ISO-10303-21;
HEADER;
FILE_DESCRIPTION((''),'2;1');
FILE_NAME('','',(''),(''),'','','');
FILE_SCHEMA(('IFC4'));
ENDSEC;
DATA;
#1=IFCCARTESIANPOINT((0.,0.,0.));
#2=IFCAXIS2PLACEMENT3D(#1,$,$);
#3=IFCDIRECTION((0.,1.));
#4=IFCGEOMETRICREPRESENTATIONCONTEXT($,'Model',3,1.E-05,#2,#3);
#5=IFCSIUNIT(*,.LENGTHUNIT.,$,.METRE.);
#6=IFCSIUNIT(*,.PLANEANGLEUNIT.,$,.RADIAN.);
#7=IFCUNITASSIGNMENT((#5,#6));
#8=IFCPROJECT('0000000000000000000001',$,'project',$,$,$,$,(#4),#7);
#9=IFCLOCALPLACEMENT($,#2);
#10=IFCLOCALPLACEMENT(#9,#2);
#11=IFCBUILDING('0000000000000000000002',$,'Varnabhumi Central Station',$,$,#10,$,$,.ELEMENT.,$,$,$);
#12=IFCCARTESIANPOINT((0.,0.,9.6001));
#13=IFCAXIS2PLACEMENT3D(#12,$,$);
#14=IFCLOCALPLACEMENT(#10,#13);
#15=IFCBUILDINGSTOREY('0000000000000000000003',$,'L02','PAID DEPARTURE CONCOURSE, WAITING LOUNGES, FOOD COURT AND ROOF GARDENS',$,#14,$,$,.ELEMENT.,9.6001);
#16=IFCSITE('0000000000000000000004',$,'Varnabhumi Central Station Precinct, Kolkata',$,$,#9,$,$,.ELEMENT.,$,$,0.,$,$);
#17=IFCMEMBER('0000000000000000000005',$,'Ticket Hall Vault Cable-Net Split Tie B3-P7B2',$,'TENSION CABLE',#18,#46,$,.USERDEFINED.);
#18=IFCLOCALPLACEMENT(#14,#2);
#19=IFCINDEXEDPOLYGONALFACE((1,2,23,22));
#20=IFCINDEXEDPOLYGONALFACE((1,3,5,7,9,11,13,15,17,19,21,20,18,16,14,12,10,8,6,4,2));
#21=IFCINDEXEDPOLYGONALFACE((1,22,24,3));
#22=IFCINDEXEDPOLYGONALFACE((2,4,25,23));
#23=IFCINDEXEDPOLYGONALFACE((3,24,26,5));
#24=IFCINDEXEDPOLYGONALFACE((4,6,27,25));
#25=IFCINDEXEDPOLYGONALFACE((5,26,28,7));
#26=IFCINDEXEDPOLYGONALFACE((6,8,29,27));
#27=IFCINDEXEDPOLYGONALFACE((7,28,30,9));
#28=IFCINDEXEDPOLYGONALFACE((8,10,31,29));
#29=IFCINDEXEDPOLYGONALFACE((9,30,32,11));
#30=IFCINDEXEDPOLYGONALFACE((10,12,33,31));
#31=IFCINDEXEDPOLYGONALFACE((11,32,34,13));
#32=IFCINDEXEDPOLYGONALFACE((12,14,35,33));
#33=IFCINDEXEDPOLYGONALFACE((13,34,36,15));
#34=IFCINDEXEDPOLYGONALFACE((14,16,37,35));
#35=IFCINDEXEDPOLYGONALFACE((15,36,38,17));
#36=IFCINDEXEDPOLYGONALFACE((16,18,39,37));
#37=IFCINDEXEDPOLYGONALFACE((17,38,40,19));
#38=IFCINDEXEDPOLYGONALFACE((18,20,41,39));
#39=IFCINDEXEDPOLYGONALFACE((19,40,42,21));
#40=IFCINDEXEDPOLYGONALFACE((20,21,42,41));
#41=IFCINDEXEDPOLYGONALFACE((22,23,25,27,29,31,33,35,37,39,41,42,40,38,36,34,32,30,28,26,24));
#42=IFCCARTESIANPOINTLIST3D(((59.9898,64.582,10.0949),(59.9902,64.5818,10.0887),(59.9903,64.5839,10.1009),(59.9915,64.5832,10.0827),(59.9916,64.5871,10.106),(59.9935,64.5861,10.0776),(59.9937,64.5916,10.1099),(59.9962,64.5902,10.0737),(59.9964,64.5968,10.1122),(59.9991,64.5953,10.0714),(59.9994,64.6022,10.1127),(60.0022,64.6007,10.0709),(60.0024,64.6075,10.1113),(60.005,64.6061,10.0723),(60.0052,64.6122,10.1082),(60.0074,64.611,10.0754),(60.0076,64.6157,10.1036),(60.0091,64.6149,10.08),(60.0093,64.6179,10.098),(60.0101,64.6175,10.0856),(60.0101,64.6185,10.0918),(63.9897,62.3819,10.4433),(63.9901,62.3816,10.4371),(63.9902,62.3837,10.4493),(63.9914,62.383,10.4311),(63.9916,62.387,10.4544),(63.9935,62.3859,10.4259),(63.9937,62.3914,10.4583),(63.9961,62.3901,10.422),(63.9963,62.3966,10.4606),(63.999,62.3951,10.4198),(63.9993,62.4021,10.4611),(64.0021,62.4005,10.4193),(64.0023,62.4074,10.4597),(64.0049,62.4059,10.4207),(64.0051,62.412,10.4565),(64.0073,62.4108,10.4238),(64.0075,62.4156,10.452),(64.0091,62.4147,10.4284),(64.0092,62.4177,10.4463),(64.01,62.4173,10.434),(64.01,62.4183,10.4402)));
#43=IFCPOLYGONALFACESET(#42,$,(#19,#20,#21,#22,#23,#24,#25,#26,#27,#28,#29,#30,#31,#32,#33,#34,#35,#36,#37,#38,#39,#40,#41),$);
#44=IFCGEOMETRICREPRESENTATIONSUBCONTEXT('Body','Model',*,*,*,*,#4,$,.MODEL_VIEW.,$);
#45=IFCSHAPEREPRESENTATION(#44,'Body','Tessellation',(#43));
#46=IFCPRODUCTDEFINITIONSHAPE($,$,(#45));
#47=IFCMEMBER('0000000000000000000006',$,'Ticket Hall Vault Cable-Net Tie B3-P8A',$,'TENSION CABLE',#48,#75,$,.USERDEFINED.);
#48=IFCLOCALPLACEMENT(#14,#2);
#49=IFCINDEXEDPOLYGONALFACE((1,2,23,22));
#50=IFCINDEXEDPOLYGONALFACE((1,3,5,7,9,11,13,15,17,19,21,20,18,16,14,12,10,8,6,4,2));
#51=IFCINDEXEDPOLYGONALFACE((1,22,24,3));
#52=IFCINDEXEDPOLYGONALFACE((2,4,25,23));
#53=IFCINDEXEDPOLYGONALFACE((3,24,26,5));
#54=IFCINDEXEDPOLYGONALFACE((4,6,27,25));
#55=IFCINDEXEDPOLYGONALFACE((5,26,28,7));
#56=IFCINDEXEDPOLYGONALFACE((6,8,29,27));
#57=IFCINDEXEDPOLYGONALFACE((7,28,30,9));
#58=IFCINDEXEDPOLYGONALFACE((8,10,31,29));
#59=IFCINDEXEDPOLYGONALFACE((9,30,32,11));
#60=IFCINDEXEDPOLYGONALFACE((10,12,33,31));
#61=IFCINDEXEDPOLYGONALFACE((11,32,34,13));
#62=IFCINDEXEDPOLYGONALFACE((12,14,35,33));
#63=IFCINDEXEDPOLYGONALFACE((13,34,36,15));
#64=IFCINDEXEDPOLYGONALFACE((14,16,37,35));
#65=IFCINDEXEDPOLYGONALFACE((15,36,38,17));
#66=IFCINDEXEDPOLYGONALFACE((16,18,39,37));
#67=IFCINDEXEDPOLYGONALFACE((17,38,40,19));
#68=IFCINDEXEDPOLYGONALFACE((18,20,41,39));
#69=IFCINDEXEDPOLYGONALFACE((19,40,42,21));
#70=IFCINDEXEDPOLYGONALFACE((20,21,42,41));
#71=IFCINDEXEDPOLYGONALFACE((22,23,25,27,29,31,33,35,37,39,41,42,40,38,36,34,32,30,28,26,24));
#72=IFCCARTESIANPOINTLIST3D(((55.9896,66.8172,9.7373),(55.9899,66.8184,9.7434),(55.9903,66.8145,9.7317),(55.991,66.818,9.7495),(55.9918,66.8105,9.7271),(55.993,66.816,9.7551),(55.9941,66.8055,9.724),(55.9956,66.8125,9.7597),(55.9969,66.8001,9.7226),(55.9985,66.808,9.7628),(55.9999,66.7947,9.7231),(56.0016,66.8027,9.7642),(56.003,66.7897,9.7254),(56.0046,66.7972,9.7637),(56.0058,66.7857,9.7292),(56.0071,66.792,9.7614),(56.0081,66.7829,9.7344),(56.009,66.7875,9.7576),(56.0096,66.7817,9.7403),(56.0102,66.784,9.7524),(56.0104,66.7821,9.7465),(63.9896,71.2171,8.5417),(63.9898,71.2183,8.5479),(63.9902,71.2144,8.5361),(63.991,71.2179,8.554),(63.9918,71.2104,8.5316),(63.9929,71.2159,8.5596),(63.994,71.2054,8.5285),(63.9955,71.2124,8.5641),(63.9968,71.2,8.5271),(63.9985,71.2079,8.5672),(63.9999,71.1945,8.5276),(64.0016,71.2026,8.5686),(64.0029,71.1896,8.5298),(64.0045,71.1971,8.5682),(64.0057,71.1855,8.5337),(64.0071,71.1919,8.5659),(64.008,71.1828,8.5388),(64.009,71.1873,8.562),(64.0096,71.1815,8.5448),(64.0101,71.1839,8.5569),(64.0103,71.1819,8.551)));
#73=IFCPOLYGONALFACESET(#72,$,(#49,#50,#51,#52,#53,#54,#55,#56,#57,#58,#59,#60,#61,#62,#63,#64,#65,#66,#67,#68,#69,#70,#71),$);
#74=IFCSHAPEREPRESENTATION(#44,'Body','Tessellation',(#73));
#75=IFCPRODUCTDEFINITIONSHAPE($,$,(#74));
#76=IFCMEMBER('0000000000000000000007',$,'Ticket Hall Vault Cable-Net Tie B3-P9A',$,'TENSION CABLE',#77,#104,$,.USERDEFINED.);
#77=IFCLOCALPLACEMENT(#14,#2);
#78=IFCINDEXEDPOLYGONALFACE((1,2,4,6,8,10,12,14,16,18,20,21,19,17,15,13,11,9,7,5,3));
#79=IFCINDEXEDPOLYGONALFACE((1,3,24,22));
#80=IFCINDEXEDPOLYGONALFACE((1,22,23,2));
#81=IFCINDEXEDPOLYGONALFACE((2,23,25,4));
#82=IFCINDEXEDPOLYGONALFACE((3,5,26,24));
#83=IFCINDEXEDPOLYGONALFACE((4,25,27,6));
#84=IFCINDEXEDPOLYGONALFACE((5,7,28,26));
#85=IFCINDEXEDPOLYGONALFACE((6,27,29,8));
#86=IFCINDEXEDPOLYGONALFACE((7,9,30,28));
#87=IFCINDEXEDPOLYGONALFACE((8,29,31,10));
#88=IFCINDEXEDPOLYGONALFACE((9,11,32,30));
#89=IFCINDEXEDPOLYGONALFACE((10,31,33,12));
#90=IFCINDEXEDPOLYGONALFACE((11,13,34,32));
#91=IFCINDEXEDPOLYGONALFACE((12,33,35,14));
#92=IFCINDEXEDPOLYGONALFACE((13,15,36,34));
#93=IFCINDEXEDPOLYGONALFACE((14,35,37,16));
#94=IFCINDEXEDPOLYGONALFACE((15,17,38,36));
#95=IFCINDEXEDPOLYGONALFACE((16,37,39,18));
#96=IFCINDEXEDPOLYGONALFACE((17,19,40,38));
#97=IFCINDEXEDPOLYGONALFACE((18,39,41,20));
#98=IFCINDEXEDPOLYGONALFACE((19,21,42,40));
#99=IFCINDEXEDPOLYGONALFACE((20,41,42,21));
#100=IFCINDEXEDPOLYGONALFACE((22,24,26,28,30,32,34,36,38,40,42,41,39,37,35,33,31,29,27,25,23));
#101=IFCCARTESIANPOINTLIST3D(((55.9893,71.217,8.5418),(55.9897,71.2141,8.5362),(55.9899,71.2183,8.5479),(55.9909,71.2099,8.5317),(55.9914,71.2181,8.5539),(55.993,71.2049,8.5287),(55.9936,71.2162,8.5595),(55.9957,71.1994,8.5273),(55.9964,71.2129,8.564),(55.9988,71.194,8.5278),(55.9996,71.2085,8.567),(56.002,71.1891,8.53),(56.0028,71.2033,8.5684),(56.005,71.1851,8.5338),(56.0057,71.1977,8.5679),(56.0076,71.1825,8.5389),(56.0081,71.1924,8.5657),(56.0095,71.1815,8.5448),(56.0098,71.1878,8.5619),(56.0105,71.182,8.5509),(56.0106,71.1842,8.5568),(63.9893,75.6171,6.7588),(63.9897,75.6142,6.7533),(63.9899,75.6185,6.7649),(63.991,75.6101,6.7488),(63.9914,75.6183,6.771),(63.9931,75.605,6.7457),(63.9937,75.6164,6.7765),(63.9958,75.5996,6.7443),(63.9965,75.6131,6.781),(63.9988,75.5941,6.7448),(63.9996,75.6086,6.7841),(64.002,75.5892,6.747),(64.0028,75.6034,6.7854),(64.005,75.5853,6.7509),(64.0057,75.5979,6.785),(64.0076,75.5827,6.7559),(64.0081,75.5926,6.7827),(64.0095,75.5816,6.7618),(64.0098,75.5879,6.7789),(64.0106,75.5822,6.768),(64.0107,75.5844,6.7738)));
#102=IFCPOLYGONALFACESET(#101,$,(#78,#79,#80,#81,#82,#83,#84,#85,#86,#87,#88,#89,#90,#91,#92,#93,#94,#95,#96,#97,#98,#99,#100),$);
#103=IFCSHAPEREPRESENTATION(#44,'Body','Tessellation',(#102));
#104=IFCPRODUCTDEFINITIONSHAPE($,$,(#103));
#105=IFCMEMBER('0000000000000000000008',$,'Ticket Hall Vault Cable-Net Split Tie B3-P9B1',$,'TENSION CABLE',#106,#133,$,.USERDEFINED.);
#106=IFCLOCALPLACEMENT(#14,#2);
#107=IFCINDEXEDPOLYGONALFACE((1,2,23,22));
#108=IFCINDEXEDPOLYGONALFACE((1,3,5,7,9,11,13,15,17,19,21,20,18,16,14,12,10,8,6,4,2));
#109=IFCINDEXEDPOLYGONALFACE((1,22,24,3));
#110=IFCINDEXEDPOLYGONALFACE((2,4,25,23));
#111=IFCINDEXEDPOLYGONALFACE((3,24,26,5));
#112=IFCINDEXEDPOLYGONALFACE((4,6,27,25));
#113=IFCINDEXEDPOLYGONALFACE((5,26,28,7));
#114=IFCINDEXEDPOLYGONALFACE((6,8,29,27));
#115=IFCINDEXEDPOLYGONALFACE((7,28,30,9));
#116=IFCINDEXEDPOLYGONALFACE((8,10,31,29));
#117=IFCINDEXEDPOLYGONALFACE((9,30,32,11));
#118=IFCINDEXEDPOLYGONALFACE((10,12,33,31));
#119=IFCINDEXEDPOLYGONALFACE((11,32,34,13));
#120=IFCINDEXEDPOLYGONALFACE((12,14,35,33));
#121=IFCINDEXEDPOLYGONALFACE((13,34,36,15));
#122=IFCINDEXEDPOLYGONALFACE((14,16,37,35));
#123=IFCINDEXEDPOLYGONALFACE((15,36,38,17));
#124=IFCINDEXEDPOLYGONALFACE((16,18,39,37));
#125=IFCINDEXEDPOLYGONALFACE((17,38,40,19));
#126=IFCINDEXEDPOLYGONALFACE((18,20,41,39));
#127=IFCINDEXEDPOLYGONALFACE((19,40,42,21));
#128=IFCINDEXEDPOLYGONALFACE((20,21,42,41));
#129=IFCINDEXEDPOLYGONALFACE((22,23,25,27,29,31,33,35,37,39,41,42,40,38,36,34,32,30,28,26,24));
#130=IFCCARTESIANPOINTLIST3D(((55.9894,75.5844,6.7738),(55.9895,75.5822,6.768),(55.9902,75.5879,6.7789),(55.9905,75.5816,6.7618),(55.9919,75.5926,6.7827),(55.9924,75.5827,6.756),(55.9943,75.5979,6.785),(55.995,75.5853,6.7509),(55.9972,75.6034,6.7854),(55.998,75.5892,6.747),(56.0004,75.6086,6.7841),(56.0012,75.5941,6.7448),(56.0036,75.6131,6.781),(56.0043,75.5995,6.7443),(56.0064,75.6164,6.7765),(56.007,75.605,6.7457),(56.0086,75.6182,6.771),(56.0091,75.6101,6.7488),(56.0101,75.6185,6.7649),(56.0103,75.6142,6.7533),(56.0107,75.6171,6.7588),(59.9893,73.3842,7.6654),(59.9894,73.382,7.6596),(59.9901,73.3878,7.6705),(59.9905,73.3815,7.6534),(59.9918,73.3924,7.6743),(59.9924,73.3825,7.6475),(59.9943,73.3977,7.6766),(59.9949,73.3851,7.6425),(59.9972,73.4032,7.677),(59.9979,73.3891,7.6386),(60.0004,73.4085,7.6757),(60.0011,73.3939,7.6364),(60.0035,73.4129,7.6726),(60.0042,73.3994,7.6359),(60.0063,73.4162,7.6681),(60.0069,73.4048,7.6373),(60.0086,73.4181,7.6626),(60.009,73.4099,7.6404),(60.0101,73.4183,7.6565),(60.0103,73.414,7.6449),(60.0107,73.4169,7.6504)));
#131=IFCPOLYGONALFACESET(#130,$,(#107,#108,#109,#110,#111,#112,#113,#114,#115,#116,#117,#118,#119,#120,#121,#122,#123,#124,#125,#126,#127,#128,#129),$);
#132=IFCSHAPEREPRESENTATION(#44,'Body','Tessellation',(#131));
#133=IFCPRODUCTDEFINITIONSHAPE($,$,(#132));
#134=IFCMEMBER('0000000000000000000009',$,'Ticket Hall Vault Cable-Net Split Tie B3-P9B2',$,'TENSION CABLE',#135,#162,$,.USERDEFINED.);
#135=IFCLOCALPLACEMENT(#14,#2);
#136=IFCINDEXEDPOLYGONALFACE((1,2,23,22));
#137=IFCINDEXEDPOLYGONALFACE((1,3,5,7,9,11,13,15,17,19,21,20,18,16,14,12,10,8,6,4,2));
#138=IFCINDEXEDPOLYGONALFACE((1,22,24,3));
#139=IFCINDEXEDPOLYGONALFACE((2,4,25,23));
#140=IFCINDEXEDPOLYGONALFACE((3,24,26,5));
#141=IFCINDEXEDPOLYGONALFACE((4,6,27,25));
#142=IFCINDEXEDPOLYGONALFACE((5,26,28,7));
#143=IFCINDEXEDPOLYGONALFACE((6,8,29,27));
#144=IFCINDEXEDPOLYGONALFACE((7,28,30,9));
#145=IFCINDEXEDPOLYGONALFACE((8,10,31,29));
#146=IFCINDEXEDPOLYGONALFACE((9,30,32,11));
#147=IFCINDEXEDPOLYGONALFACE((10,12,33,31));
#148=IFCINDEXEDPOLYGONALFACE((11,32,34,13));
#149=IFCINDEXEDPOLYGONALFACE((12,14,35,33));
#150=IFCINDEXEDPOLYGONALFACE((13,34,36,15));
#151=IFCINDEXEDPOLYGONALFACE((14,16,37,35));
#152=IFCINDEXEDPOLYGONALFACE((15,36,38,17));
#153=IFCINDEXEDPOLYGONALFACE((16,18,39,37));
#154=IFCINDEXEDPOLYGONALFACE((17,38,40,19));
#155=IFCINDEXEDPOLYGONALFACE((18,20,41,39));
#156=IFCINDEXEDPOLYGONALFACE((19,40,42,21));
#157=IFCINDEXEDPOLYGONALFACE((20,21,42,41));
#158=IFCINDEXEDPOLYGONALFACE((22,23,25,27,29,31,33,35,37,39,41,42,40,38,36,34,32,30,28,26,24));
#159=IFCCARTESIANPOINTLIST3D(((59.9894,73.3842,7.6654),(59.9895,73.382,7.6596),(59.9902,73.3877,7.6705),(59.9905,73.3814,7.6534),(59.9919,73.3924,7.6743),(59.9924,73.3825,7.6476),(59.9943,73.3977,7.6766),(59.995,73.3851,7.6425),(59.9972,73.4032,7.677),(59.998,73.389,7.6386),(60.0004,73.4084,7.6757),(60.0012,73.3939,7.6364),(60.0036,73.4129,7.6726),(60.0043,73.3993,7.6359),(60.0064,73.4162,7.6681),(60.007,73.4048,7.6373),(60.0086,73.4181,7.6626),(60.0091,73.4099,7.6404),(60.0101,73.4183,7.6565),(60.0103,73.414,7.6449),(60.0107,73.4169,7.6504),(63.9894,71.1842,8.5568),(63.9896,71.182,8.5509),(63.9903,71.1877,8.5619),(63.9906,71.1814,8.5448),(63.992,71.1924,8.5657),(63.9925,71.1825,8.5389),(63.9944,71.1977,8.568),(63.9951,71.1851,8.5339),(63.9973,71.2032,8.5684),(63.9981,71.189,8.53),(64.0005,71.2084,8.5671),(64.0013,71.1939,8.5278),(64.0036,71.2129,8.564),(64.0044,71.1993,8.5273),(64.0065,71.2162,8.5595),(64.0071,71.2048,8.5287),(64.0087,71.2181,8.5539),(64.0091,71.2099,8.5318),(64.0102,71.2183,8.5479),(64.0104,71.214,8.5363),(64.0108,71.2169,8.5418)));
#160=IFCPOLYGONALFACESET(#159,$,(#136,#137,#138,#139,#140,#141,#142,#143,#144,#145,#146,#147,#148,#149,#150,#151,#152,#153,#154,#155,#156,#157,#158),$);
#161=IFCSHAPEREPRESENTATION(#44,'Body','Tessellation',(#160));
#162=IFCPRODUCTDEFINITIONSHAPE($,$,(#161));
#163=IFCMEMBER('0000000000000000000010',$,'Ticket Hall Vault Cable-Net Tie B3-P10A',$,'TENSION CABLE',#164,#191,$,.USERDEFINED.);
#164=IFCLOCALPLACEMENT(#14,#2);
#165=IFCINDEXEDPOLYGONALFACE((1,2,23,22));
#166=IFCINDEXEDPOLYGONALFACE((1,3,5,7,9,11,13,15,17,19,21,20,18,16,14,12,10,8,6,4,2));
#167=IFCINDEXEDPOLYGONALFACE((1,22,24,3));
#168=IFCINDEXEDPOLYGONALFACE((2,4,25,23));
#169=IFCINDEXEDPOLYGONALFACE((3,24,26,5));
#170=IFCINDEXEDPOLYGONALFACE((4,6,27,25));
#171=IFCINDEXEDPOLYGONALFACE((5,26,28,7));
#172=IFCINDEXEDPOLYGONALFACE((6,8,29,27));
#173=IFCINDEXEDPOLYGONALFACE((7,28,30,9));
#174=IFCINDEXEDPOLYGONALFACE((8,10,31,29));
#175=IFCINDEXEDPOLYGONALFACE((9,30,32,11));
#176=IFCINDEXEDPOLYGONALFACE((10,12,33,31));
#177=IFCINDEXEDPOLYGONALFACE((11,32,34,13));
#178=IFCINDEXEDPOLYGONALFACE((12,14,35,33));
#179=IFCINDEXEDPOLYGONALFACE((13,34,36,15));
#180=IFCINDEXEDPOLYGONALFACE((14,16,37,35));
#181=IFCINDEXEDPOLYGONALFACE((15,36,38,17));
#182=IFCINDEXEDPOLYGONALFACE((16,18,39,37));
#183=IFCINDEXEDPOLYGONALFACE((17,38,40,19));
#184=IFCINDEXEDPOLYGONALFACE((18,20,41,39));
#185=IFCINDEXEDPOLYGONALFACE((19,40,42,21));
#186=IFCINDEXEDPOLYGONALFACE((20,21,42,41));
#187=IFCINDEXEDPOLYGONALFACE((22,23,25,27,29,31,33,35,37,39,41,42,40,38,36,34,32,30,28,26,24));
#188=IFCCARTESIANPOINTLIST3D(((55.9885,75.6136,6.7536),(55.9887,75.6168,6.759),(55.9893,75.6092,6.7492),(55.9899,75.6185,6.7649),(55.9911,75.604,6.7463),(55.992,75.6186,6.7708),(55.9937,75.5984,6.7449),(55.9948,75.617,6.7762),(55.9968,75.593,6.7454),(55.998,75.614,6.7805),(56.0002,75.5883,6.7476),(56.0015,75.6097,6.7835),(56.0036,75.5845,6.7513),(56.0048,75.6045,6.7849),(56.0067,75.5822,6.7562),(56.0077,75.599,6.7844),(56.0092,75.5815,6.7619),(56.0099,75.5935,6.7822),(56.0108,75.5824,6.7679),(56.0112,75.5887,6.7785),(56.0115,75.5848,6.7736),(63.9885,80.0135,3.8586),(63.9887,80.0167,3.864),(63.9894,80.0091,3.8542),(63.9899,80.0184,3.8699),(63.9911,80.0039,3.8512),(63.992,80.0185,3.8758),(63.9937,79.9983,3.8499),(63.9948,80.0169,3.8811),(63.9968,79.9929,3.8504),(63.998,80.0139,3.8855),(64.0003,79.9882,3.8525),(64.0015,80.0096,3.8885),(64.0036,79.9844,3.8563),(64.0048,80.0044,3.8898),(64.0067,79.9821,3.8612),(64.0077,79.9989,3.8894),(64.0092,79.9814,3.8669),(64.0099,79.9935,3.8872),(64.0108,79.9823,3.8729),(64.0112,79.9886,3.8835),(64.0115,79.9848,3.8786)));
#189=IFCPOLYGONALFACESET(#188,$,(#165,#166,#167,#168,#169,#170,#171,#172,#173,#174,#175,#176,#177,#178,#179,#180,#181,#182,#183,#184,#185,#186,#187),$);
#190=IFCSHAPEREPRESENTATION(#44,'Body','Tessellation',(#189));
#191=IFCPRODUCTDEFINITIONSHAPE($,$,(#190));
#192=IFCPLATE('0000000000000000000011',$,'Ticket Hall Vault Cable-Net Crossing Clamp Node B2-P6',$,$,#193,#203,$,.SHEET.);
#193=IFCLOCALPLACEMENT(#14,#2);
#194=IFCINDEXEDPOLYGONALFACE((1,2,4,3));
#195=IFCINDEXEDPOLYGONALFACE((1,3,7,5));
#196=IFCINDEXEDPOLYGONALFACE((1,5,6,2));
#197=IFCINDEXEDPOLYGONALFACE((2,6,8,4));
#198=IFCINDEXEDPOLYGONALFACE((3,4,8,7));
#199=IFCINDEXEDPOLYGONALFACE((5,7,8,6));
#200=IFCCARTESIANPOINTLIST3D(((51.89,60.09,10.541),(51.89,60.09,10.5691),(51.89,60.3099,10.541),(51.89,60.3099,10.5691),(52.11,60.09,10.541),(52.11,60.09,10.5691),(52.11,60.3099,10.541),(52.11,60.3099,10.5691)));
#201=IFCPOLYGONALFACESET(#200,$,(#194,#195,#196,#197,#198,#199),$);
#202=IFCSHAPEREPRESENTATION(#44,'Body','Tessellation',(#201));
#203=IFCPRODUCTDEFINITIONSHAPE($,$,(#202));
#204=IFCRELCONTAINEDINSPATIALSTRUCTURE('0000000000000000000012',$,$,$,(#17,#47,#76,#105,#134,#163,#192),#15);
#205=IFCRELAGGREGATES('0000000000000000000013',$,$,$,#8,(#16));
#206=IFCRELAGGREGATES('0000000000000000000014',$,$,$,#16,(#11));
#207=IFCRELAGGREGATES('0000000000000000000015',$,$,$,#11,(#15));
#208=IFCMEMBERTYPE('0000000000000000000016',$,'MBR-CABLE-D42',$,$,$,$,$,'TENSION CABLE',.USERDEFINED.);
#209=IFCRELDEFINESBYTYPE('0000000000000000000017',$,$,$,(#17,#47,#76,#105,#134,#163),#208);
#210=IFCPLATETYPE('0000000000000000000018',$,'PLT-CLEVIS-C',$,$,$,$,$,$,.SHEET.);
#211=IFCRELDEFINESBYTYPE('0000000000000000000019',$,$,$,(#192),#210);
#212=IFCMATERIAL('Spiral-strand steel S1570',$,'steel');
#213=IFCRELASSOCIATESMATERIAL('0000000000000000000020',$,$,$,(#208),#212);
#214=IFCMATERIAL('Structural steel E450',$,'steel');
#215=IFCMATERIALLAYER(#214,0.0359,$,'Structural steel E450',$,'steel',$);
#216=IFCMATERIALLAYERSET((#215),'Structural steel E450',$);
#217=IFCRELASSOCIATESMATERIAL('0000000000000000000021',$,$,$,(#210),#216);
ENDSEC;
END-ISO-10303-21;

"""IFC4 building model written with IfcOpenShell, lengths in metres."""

from ifc_helpers import new_model, si_unit, direction, frame, origin, origin_2d, place, context, subcontext, project, spatial, rectangle, circle, extrude, material, layer, layer_set, material_profile, profile_set, type_object, element, save


model = new_model("IFC4")

# Units and contexts
model_context = context("Model", 3, precision=1e-05, world=origin(), true_north=direction((0.0, 1.0)))
body_context = subcontext(model_context, "Body", "Model", "MODEL_VIEW")
ifc_project = project(units=[si_unit("LENGTHUNIT", "METRE"), si_unit("PLANEANGLEUNIT", "RADIAN")], contexts=[model_context])

# Site, building, storey
site_placement = place(None, origin())
site = spatial("IfcSite", under=ifc_project, at=site_placement, Name="Varnabhumi Central Station Precinct, Kolkata", CompositionType="ELEMENT", RefElevation=0.0)
building_placement = place(site_placement, origin())
building = spatial("IfcBuilding", under=site, at=building_placement, Name="Varnabhumi Central Station", CompositionType="ELEMENT")
storey_placement = place(building_placement, frame((0.0, 0.0, 9.6001)))
storey = spatial("IfcBuildingStorey", under=building, at=storey_placement, Name="L02", Description="PAID DEPARTURE CONCOURSE, WAITING LOUNGES, FOOD COURT AND ROOF GARDENS", CompositionType="ELEMENT", Elevation=9.6001)

# Shared definitions
ifc_material_1 = material(Name="Structural steel E450", Category="steel")

# Members
ifc_material_2 = material(Name="Spiral-strand steel S1570", Category="steel")
ifc_material_profile_1 = material_profile(ifc_material_2, circle(Radius=0.021, at=origin_2d()), Name="Spiral-strand steel S1570", Category="steel")
ifc_profile_set_1 = profile_set([ifc_material_profile_1], Name="Spiral-strand steel S1570")
member_type = type_object("IfcMemberType", Name="MBR-CABLE-D42", ElementType="TENSION CABLE", PredefinedType="USERDEFINED", material=ifc_profile_set_1)
for number, where, z_axis, x_axis, name in (
    (1, (60.0, 64.6001, 10.0918), (0.873657, -0.480554, 0.076093), (0.481952, 0.876198, 0.0), "Ticket Hall Vault Cable-Net Split Tie B3-P7B2"),
):
    element("IfcMember", number, at=place(storey_placement, frame(where, z_axis=z_axis, x_axis=x_axis)), inside=storey, type_object=member_type, Name=name, ObjectType="TENSION CABLE", PredefinedType="USERDEFINED", context=body_context, shape_type="SweptSolid", body=[
        extrude(circle(Radius=0.021, at=origin_2d()), origin(), (0.0, 0.0, 1.0), 4.5784),
    ])
member_1_placement = place(storey_placement, frame((56.0, 66.8, 9.7434), z_axis=(0.868803, 0.477831, -0.129838), x_axis=(-0.481911, 0.87622, 0.0)))
element("IfcMember", 2, at=member_1_placement, inside=storey, type_object=member_type, Name="Ticket Hall Vault Cable-Net Tie B3-P8A", ObjectType="TENSION CABLE", PredefinedType="USERDEFINED", context=body_context, shape_type="SweptSolid", body=[
    extrude(circle(Radius=0.021, at=origin_2d()), origin(), (0.0, 0.0, 1.0), 9.208),
])
member_2_placement = place(storey_placement, frame((56.0, 71.2, 8.5479), z_axis=(0.859965, 0.472997, -0.19166), x_axis=(-0.481931, 0.876209, 0.0)))
element("IfcMember", 3, at=member_2_placement, inside=storey, type_object=member_type, Name="Ticket Hall Vault Cable-Net Tie B3-P9A", ObjectType="TENSION CABLE", PredefinedType="USERDEFINED", context=body_context, shape_type="SweptSolid", body=[
    extrude(circle(Radius=0.021, at=origin_2d()), origin(), (0.0, 0.0, 1.0), 9.3027),
])
for number, where, z_axis, x_axis, name in (
    (4, (56.0, 75.6001, 6.7649), (0.85995, -0.473015, 0.191683), (0.481952, 0.876198, 0.0), "Ticket Hall Vault Cable-Net Split Tie B3-P9B1"),
    (5, (60.0, 73.3999, 7.6565), (0.85998, -0.472979, 0.191637), (0.481911, 0.87622, 0.0), "Ticket Hall Vault Cable-Net Split Tie B3-P9B2"),
):
    element("IfcMember", number, at=place(storey_placement, frame(where, z_axis=z_axis, x_axis=x_axis)), inside=storey, type_object=member_type, Name=name, ObjectType="TENSION CABLE", PredefinedType="USERDEFINED", context=body_context, shape_type="SweptSolid", body=[
        extrude(circle(Radius=0.021, at=origin_2d()), origin(), (0.0, 0.0, 1.0), 4.6514),
    ])
member_3_placement = place(storey_placement, frame((56.0, 75.6001, 6.7649), z_axis=(0.835237, 0.45937, -0.302254), x_axis=(-0.481911, 0.87622, 0.0)))
element("IfcMember", 6, at=member_3_placement, inside=storey, type_object=member_type, Name="Ticket Hall Vault Cable-Net Tie B3-P10A", ObjectType="TENSION CABLE", PredefinedType="USERDEFINED", context=body_context, shape_type="SweptSolid", body=[
    extrude(circle(Radius=0.021, at=origin_2d()), origin(), (0.0, 0.0, 1.0), 9.5781),
])

# Plate
ifc_layer_1 = layer(ifc_material_1, 0.0359, Name="Structural steel E450", Category="steel")
ifc_layer_set_1 = layer_set([ifc_layer_1], Name="Structural steel E450")
plate_type = type_object("IfcPlateType", Name="PLT-CLEVIS-C", PredefinedType="SHEET", material=ifc_layer_set_1)
for number, where, z_axis, x_axis, name in (
    (7, (52.0, 60.2, 10.541), (0.0, 0.0, 1.0), (1.0, 0.0, 0.0), "Ticket Hall Vault Cable-Net Crossing Clamp Node B2-P6"),
):
    element("IfcPlate", number, at=place(storey_placement, frame(where, z_axis=z_axis, x_axis=x_axis)), inside=storey, type_object=plate_type, Name=name, PredefinedType="SHEET", context=body_context, shape_type="SweptSolid", body=[
        extrude(rectangle(XDim=0.22, YDim=0.22, at=origin_2d()), origin(), (0.0, 0.0, 1.0), 0.0281),
    ])

save(model, "model.ifc")
